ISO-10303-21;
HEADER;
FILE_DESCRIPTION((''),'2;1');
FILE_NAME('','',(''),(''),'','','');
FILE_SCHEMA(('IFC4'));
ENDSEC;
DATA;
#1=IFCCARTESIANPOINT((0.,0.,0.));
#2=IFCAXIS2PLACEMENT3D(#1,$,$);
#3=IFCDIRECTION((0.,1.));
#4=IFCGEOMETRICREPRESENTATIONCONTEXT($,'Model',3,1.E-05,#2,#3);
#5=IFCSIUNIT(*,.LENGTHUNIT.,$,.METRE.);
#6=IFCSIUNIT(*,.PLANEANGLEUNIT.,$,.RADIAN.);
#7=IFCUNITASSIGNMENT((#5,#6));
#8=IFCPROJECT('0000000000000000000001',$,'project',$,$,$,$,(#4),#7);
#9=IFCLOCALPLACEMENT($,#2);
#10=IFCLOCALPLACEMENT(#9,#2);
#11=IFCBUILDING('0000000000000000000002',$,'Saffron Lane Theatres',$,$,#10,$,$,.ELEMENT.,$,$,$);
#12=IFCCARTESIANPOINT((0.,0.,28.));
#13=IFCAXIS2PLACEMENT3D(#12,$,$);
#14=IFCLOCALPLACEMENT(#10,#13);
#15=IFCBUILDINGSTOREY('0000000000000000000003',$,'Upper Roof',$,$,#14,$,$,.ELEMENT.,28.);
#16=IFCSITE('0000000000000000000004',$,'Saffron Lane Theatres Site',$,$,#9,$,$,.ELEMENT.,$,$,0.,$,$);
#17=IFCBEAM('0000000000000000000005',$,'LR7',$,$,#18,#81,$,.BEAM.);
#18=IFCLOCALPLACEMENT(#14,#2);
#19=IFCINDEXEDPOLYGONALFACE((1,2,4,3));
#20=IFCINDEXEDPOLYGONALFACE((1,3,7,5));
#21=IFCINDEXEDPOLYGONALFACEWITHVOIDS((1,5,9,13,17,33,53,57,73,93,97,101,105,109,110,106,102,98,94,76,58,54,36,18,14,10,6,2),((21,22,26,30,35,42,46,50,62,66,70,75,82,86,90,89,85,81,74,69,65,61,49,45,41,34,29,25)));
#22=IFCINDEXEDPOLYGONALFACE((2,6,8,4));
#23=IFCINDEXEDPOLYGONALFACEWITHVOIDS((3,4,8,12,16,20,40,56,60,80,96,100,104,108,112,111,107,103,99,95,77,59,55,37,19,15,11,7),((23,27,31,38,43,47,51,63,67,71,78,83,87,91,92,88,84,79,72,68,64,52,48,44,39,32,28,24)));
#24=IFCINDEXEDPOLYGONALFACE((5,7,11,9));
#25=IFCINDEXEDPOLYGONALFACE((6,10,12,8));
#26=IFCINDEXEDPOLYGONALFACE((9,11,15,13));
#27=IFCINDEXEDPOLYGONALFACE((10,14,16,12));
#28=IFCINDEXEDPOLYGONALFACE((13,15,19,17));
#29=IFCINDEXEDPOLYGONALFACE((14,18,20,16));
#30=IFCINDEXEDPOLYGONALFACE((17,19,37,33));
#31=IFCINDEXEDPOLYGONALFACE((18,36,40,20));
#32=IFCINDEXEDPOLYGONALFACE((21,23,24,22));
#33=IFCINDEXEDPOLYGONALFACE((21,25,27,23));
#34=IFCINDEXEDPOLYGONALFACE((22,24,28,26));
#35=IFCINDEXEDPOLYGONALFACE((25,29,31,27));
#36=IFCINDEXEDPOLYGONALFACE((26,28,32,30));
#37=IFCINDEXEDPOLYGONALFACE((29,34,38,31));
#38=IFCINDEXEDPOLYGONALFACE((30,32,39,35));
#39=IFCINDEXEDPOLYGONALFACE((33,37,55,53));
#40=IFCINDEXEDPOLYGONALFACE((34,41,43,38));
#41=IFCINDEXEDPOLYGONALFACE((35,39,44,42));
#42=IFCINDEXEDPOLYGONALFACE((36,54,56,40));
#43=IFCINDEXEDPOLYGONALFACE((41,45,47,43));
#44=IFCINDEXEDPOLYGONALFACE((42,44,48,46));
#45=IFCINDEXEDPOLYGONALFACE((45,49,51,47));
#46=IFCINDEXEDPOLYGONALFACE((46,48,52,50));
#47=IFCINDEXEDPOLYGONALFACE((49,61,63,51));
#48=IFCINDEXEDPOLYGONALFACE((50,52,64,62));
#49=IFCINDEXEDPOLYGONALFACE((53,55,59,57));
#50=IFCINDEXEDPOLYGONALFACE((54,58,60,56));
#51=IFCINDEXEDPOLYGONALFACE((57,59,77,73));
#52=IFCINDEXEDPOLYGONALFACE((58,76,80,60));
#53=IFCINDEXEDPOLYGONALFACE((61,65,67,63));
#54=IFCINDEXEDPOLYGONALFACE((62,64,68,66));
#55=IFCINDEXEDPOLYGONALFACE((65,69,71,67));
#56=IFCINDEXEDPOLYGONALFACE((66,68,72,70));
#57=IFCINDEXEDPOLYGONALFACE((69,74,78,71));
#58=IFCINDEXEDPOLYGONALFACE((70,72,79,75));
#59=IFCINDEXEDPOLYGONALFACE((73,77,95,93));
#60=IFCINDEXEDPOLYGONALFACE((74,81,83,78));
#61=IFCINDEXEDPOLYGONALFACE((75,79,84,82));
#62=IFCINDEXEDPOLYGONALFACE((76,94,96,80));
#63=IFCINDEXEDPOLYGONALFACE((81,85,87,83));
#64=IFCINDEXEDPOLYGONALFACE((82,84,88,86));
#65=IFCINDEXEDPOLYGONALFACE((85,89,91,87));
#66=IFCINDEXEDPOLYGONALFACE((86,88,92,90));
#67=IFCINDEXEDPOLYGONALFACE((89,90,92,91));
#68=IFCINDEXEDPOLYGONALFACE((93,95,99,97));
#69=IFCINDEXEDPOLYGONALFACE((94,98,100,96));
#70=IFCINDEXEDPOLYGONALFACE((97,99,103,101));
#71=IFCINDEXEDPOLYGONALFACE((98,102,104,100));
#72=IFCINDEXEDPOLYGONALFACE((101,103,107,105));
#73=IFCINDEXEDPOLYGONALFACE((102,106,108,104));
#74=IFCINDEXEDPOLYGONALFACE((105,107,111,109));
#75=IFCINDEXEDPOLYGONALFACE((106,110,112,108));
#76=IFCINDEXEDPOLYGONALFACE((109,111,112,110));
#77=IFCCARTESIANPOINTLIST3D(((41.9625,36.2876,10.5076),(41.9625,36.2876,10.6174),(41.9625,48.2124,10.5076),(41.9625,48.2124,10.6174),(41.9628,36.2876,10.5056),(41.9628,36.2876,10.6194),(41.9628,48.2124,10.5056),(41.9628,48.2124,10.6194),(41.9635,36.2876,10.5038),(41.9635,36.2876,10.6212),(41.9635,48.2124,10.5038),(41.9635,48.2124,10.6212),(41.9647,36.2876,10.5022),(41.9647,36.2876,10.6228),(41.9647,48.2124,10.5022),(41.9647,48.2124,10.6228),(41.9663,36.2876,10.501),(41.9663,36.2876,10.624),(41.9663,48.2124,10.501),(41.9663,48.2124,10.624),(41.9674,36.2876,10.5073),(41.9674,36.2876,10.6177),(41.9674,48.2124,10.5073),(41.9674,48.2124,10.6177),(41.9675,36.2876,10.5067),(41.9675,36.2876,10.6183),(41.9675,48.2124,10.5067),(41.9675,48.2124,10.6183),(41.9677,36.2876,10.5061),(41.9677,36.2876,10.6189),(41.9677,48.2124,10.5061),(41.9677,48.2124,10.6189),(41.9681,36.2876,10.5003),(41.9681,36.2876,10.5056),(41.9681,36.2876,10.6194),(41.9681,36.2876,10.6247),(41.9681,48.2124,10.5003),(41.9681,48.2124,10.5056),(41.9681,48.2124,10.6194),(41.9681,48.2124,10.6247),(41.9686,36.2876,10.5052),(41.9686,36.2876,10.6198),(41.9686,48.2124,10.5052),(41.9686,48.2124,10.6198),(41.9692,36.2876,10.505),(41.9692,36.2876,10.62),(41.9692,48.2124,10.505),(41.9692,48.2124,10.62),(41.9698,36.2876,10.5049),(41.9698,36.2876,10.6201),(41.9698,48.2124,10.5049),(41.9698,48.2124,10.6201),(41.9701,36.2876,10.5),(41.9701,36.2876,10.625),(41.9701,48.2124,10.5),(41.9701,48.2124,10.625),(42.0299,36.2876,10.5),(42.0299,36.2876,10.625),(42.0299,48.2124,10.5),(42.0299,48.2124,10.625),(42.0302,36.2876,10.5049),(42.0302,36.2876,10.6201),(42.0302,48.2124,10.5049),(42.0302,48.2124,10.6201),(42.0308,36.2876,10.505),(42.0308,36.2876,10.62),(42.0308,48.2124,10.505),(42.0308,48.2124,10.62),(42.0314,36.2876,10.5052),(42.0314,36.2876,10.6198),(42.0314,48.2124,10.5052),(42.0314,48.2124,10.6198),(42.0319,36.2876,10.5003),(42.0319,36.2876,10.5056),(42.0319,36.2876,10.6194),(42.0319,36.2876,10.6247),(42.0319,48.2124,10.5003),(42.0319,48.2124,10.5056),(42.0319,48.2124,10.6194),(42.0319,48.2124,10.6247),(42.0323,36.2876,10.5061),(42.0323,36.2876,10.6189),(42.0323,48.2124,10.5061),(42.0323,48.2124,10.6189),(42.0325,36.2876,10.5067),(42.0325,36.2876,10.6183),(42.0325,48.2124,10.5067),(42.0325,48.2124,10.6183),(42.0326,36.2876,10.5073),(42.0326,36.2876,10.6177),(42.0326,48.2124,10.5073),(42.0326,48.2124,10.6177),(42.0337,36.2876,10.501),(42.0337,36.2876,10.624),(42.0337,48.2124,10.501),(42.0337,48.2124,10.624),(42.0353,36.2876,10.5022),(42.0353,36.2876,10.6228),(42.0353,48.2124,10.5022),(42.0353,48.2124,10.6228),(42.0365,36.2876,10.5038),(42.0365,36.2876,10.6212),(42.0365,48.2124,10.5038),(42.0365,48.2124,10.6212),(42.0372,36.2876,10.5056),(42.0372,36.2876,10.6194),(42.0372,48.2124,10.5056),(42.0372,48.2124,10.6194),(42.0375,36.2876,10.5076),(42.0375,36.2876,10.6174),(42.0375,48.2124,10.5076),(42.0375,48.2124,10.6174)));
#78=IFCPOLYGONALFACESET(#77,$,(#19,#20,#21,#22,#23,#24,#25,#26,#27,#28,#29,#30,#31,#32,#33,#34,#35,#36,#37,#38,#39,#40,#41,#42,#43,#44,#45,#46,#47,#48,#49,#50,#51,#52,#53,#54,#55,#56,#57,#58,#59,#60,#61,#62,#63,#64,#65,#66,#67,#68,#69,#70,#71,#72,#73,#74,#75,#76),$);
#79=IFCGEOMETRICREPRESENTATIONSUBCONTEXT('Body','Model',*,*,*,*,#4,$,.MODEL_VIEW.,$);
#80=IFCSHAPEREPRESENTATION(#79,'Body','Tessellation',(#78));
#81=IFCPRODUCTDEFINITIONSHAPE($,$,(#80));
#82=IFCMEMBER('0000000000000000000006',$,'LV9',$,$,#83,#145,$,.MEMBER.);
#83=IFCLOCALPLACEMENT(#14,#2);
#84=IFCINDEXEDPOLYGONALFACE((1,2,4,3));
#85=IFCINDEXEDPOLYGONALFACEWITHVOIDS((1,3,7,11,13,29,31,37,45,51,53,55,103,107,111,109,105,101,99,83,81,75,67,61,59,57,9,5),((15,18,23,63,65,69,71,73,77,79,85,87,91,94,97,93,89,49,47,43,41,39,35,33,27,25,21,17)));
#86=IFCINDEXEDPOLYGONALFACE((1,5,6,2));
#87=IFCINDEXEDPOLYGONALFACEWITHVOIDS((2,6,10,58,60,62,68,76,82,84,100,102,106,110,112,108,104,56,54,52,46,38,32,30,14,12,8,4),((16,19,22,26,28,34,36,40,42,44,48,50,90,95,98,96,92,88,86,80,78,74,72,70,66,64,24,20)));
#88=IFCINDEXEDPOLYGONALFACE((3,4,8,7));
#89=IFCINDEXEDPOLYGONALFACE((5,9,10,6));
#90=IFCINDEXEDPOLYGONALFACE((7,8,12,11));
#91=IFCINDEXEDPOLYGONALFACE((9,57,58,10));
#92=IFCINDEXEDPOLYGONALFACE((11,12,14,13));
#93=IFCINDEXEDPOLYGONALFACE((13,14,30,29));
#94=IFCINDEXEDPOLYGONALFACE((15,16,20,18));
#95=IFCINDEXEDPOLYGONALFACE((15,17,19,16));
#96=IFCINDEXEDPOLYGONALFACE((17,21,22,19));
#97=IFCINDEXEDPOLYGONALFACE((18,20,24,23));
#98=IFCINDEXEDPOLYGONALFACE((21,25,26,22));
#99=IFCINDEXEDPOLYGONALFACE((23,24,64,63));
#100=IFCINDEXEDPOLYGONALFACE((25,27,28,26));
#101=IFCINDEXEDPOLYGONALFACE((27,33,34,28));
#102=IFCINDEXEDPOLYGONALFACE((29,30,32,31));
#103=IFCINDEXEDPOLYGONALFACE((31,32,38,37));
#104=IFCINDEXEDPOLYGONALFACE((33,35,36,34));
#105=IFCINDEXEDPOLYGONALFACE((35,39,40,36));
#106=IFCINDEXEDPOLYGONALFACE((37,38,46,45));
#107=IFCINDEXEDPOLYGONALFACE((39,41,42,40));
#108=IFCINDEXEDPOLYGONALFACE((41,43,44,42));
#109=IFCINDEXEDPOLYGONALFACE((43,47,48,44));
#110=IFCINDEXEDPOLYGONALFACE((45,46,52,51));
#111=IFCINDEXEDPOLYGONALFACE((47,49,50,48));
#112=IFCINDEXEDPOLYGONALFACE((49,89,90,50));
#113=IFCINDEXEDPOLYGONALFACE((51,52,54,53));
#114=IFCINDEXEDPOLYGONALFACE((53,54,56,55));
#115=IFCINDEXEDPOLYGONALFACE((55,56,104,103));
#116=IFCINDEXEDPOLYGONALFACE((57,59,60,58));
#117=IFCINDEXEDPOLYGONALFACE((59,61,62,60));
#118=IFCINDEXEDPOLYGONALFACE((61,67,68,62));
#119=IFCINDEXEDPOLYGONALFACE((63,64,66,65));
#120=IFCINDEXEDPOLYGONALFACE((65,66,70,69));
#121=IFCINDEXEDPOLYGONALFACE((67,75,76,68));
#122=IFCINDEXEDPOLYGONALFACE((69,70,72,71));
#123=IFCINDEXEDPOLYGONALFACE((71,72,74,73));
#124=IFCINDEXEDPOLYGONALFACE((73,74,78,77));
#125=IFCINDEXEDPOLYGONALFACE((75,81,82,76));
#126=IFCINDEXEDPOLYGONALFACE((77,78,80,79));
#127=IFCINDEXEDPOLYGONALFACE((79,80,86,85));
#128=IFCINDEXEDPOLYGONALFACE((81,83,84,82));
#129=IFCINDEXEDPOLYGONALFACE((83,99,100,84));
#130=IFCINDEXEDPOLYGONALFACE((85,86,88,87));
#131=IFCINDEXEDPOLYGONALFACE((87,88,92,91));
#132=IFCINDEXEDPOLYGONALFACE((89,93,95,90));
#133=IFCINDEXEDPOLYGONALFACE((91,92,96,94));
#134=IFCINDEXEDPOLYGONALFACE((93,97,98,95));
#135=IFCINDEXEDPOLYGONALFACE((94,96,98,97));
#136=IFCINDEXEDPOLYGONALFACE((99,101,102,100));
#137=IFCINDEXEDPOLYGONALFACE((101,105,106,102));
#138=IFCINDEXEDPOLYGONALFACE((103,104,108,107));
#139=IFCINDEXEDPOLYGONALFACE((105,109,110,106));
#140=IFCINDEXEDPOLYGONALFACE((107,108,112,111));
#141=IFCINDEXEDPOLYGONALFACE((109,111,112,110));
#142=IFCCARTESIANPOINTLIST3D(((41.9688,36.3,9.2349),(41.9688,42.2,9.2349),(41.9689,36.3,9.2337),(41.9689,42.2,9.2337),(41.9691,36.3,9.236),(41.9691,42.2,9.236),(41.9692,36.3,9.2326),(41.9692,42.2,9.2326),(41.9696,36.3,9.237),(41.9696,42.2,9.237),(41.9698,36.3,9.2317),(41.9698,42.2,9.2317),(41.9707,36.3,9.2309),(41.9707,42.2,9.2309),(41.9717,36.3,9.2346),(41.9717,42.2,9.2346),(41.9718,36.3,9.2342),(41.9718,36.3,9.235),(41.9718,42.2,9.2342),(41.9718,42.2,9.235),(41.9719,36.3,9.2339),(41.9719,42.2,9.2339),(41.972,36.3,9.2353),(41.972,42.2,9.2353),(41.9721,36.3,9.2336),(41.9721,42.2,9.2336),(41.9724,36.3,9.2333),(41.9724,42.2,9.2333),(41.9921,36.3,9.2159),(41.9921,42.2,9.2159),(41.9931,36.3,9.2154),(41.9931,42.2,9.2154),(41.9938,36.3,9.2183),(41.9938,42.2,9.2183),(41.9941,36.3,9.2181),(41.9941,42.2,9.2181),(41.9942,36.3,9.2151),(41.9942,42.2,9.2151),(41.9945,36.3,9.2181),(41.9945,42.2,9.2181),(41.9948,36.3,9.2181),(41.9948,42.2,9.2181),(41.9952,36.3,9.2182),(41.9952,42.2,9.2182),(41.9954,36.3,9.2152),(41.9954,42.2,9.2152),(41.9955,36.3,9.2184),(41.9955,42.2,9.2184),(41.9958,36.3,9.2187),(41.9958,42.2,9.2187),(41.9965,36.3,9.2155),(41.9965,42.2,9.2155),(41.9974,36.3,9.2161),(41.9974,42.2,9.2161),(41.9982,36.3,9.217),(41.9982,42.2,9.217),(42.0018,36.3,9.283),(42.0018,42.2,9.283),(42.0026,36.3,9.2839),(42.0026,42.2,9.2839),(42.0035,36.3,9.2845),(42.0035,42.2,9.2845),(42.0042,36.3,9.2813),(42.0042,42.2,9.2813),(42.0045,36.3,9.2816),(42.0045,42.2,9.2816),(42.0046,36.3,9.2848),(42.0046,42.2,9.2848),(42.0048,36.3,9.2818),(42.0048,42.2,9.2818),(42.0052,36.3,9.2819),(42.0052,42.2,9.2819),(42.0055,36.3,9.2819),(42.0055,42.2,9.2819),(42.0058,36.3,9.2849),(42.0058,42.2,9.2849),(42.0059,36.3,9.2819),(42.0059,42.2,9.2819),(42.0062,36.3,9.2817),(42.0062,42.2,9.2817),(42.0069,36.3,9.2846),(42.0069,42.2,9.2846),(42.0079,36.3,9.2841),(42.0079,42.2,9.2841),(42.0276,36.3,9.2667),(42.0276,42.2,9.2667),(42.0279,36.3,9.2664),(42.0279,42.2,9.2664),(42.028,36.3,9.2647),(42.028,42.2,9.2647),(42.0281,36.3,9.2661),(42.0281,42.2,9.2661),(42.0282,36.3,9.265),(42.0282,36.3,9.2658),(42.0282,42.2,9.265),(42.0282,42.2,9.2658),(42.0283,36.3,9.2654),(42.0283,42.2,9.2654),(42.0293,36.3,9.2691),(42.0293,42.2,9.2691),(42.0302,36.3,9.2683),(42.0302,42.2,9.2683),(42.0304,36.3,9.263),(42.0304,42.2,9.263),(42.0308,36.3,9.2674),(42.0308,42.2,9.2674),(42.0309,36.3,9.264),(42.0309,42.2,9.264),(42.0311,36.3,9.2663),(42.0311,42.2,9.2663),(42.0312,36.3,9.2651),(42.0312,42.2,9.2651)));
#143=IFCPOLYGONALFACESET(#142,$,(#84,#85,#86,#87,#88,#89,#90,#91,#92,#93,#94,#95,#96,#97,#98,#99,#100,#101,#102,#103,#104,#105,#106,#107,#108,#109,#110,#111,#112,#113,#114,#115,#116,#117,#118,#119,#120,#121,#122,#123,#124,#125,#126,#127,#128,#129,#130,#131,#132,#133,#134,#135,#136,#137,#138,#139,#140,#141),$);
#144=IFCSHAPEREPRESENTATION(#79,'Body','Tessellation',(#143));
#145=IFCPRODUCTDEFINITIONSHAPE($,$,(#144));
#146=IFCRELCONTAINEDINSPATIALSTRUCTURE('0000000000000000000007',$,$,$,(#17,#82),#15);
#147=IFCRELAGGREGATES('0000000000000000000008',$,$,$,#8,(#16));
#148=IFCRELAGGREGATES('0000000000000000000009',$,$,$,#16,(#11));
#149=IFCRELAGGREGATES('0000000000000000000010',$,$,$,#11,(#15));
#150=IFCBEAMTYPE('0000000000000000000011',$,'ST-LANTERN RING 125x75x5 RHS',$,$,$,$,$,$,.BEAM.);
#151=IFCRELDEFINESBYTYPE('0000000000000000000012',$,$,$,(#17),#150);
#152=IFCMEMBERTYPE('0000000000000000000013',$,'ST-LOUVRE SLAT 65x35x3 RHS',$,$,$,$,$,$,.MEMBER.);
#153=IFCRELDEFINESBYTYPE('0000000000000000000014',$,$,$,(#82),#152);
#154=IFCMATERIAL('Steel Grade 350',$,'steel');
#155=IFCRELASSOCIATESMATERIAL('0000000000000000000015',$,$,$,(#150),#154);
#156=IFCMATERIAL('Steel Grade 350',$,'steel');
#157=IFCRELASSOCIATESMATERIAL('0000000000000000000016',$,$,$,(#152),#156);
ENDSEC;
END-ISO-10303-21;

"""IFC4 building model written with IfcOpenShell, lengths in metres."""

from ifc_helpers import new_model, si_unit, direction, frame, origin, origin_2d, place, context, subcontext, project, spatial, hollow_rectangle, extrude, material, material_profile, profile_set, type_object, element, save


model = new_model("IFC4")

# Units and contexts
model_context = context("Model", 3, precision=1e-05, world=origin(), true_north=direction((0.0, 1.0)))
body_context = subcontext(model_context, "Body", "Model", "MODEL_VIEW")
ifc_project = project(units=[si_unit("LENGTHUNIT", "METRE"), si_unit("PLANEANGLEUNIT", "RADIAN")], contexts=[model_context])

# Site, building, storey
site_placement = place(None, origin())
site = spatial("IfcSite", under=ifc_project, at=site_placement, Name="Saffron Lane Theatres Site", CompositionType="ELEMENT", RefElevation=0.0)
building_placement = place(site_placement, origin())
building = spatial("IfcBuilding", under=site, at=building_placement, Name="Saffron Lane Theatres", CompositionType="ELEMENT")
storey_placement = place(building_placement, frame((0.0, 0.0, 28.0)))
storey = spatial("IfcBuildingStorey", under=building, at=storey_placement, Name="Upper Roof", CompositionType="ELEMENT", Elevation=28.0)

# Beam
ifc_material_1 = material(Name="Steel Grade 350", Category="steel")
ifc_material_profile_1 = material_profile(ifc_material_1, hollow_rectangle(XDim=0.075, YDim=0.125, WallThickness=0.0049, InnerFilletRadius=0.0024, OuterFilletRadius=0.0076, at=origin_2d()))
ifc_profile_set_1 = profile_set([ifc_material_profile_1], Name="Steel Grade 350")
beam_type_1 = type_object("IfcBeamType", Name="ST-LANTERN RING 125x75x5 RHS", PredefinedType="BEAM", material=ifc_profile_set_1)
beam_1_placement = place(storey_placement, frame((42.0, 36.2876, 10.5625), z_axis=(0.0, 1.0, 0.0), x_axis=(-1.0, 0.0, 0.0)))
element("IfcBeam", 1, at=beam_1_placement, inside=storey, type_object=beam_type_1, Name="LR7", PredefinedType="BEAM", context=body_context, shape_type="SweptSolid", body=[
    extrude(hollow_rectangle(XDim=0.075, YDim=0.125, WallThickness=0.0049, InnerFilletRadius=0.0024, OuterFilletRadius=0.0076, at=origin_2d()), origin(), (0.0, 0.0, 1.0), 11.9248),
])

# Member
ifc_material_2 = material(Name="Steel Grade 350", Category="steel")
ifc_material_profile_2 = material_profile(ifc_material_2, hollow_rectangle(XDim=0.0349, YDim=0.0649, WallThickness=0.0029, InnerFilletRadius=0.0015, OuterFilletRadius=0.0044, at=origin_2d()))
ifc_profile_set_2 = profile_set([ifc_material_profile_2], Name="Steel Grade 350")
member_type_1 = type_object("IfcMemberType", Name="ST-LOUVRE SLAT 65x35x3 RHS", PredefinedType="MEMBER", material=ifc_profile_set_2)
for number, where, z_axis, x_axis, name in (
    (2, (42.0, 36.3, 9.25), (0.0, 1.0, 0.0), (-0.819152, 0.0, 0.573576), "LV9"),
):
    element("IfcMember", number, at=place(storey_placement, frame(where, z_axis=z_axis, x_axis=x_axis)), inside=storey, type_object=member_type_1, Name=name, PredefinedType="MEMBER", context=body_context, shape_type="SweptSolid", body=[
        extrude(hollow_rectangle(XDim=0.0349, YDim=0.0649, WallThickness=0.0029, InnerFilletRadius=0.0015, OuterFilletRadius=0.0044, at=origin_2d()), origin(), (0.0, 0.0, 1.0), 5.8999),
    ])

save(model, "model.ifc")
